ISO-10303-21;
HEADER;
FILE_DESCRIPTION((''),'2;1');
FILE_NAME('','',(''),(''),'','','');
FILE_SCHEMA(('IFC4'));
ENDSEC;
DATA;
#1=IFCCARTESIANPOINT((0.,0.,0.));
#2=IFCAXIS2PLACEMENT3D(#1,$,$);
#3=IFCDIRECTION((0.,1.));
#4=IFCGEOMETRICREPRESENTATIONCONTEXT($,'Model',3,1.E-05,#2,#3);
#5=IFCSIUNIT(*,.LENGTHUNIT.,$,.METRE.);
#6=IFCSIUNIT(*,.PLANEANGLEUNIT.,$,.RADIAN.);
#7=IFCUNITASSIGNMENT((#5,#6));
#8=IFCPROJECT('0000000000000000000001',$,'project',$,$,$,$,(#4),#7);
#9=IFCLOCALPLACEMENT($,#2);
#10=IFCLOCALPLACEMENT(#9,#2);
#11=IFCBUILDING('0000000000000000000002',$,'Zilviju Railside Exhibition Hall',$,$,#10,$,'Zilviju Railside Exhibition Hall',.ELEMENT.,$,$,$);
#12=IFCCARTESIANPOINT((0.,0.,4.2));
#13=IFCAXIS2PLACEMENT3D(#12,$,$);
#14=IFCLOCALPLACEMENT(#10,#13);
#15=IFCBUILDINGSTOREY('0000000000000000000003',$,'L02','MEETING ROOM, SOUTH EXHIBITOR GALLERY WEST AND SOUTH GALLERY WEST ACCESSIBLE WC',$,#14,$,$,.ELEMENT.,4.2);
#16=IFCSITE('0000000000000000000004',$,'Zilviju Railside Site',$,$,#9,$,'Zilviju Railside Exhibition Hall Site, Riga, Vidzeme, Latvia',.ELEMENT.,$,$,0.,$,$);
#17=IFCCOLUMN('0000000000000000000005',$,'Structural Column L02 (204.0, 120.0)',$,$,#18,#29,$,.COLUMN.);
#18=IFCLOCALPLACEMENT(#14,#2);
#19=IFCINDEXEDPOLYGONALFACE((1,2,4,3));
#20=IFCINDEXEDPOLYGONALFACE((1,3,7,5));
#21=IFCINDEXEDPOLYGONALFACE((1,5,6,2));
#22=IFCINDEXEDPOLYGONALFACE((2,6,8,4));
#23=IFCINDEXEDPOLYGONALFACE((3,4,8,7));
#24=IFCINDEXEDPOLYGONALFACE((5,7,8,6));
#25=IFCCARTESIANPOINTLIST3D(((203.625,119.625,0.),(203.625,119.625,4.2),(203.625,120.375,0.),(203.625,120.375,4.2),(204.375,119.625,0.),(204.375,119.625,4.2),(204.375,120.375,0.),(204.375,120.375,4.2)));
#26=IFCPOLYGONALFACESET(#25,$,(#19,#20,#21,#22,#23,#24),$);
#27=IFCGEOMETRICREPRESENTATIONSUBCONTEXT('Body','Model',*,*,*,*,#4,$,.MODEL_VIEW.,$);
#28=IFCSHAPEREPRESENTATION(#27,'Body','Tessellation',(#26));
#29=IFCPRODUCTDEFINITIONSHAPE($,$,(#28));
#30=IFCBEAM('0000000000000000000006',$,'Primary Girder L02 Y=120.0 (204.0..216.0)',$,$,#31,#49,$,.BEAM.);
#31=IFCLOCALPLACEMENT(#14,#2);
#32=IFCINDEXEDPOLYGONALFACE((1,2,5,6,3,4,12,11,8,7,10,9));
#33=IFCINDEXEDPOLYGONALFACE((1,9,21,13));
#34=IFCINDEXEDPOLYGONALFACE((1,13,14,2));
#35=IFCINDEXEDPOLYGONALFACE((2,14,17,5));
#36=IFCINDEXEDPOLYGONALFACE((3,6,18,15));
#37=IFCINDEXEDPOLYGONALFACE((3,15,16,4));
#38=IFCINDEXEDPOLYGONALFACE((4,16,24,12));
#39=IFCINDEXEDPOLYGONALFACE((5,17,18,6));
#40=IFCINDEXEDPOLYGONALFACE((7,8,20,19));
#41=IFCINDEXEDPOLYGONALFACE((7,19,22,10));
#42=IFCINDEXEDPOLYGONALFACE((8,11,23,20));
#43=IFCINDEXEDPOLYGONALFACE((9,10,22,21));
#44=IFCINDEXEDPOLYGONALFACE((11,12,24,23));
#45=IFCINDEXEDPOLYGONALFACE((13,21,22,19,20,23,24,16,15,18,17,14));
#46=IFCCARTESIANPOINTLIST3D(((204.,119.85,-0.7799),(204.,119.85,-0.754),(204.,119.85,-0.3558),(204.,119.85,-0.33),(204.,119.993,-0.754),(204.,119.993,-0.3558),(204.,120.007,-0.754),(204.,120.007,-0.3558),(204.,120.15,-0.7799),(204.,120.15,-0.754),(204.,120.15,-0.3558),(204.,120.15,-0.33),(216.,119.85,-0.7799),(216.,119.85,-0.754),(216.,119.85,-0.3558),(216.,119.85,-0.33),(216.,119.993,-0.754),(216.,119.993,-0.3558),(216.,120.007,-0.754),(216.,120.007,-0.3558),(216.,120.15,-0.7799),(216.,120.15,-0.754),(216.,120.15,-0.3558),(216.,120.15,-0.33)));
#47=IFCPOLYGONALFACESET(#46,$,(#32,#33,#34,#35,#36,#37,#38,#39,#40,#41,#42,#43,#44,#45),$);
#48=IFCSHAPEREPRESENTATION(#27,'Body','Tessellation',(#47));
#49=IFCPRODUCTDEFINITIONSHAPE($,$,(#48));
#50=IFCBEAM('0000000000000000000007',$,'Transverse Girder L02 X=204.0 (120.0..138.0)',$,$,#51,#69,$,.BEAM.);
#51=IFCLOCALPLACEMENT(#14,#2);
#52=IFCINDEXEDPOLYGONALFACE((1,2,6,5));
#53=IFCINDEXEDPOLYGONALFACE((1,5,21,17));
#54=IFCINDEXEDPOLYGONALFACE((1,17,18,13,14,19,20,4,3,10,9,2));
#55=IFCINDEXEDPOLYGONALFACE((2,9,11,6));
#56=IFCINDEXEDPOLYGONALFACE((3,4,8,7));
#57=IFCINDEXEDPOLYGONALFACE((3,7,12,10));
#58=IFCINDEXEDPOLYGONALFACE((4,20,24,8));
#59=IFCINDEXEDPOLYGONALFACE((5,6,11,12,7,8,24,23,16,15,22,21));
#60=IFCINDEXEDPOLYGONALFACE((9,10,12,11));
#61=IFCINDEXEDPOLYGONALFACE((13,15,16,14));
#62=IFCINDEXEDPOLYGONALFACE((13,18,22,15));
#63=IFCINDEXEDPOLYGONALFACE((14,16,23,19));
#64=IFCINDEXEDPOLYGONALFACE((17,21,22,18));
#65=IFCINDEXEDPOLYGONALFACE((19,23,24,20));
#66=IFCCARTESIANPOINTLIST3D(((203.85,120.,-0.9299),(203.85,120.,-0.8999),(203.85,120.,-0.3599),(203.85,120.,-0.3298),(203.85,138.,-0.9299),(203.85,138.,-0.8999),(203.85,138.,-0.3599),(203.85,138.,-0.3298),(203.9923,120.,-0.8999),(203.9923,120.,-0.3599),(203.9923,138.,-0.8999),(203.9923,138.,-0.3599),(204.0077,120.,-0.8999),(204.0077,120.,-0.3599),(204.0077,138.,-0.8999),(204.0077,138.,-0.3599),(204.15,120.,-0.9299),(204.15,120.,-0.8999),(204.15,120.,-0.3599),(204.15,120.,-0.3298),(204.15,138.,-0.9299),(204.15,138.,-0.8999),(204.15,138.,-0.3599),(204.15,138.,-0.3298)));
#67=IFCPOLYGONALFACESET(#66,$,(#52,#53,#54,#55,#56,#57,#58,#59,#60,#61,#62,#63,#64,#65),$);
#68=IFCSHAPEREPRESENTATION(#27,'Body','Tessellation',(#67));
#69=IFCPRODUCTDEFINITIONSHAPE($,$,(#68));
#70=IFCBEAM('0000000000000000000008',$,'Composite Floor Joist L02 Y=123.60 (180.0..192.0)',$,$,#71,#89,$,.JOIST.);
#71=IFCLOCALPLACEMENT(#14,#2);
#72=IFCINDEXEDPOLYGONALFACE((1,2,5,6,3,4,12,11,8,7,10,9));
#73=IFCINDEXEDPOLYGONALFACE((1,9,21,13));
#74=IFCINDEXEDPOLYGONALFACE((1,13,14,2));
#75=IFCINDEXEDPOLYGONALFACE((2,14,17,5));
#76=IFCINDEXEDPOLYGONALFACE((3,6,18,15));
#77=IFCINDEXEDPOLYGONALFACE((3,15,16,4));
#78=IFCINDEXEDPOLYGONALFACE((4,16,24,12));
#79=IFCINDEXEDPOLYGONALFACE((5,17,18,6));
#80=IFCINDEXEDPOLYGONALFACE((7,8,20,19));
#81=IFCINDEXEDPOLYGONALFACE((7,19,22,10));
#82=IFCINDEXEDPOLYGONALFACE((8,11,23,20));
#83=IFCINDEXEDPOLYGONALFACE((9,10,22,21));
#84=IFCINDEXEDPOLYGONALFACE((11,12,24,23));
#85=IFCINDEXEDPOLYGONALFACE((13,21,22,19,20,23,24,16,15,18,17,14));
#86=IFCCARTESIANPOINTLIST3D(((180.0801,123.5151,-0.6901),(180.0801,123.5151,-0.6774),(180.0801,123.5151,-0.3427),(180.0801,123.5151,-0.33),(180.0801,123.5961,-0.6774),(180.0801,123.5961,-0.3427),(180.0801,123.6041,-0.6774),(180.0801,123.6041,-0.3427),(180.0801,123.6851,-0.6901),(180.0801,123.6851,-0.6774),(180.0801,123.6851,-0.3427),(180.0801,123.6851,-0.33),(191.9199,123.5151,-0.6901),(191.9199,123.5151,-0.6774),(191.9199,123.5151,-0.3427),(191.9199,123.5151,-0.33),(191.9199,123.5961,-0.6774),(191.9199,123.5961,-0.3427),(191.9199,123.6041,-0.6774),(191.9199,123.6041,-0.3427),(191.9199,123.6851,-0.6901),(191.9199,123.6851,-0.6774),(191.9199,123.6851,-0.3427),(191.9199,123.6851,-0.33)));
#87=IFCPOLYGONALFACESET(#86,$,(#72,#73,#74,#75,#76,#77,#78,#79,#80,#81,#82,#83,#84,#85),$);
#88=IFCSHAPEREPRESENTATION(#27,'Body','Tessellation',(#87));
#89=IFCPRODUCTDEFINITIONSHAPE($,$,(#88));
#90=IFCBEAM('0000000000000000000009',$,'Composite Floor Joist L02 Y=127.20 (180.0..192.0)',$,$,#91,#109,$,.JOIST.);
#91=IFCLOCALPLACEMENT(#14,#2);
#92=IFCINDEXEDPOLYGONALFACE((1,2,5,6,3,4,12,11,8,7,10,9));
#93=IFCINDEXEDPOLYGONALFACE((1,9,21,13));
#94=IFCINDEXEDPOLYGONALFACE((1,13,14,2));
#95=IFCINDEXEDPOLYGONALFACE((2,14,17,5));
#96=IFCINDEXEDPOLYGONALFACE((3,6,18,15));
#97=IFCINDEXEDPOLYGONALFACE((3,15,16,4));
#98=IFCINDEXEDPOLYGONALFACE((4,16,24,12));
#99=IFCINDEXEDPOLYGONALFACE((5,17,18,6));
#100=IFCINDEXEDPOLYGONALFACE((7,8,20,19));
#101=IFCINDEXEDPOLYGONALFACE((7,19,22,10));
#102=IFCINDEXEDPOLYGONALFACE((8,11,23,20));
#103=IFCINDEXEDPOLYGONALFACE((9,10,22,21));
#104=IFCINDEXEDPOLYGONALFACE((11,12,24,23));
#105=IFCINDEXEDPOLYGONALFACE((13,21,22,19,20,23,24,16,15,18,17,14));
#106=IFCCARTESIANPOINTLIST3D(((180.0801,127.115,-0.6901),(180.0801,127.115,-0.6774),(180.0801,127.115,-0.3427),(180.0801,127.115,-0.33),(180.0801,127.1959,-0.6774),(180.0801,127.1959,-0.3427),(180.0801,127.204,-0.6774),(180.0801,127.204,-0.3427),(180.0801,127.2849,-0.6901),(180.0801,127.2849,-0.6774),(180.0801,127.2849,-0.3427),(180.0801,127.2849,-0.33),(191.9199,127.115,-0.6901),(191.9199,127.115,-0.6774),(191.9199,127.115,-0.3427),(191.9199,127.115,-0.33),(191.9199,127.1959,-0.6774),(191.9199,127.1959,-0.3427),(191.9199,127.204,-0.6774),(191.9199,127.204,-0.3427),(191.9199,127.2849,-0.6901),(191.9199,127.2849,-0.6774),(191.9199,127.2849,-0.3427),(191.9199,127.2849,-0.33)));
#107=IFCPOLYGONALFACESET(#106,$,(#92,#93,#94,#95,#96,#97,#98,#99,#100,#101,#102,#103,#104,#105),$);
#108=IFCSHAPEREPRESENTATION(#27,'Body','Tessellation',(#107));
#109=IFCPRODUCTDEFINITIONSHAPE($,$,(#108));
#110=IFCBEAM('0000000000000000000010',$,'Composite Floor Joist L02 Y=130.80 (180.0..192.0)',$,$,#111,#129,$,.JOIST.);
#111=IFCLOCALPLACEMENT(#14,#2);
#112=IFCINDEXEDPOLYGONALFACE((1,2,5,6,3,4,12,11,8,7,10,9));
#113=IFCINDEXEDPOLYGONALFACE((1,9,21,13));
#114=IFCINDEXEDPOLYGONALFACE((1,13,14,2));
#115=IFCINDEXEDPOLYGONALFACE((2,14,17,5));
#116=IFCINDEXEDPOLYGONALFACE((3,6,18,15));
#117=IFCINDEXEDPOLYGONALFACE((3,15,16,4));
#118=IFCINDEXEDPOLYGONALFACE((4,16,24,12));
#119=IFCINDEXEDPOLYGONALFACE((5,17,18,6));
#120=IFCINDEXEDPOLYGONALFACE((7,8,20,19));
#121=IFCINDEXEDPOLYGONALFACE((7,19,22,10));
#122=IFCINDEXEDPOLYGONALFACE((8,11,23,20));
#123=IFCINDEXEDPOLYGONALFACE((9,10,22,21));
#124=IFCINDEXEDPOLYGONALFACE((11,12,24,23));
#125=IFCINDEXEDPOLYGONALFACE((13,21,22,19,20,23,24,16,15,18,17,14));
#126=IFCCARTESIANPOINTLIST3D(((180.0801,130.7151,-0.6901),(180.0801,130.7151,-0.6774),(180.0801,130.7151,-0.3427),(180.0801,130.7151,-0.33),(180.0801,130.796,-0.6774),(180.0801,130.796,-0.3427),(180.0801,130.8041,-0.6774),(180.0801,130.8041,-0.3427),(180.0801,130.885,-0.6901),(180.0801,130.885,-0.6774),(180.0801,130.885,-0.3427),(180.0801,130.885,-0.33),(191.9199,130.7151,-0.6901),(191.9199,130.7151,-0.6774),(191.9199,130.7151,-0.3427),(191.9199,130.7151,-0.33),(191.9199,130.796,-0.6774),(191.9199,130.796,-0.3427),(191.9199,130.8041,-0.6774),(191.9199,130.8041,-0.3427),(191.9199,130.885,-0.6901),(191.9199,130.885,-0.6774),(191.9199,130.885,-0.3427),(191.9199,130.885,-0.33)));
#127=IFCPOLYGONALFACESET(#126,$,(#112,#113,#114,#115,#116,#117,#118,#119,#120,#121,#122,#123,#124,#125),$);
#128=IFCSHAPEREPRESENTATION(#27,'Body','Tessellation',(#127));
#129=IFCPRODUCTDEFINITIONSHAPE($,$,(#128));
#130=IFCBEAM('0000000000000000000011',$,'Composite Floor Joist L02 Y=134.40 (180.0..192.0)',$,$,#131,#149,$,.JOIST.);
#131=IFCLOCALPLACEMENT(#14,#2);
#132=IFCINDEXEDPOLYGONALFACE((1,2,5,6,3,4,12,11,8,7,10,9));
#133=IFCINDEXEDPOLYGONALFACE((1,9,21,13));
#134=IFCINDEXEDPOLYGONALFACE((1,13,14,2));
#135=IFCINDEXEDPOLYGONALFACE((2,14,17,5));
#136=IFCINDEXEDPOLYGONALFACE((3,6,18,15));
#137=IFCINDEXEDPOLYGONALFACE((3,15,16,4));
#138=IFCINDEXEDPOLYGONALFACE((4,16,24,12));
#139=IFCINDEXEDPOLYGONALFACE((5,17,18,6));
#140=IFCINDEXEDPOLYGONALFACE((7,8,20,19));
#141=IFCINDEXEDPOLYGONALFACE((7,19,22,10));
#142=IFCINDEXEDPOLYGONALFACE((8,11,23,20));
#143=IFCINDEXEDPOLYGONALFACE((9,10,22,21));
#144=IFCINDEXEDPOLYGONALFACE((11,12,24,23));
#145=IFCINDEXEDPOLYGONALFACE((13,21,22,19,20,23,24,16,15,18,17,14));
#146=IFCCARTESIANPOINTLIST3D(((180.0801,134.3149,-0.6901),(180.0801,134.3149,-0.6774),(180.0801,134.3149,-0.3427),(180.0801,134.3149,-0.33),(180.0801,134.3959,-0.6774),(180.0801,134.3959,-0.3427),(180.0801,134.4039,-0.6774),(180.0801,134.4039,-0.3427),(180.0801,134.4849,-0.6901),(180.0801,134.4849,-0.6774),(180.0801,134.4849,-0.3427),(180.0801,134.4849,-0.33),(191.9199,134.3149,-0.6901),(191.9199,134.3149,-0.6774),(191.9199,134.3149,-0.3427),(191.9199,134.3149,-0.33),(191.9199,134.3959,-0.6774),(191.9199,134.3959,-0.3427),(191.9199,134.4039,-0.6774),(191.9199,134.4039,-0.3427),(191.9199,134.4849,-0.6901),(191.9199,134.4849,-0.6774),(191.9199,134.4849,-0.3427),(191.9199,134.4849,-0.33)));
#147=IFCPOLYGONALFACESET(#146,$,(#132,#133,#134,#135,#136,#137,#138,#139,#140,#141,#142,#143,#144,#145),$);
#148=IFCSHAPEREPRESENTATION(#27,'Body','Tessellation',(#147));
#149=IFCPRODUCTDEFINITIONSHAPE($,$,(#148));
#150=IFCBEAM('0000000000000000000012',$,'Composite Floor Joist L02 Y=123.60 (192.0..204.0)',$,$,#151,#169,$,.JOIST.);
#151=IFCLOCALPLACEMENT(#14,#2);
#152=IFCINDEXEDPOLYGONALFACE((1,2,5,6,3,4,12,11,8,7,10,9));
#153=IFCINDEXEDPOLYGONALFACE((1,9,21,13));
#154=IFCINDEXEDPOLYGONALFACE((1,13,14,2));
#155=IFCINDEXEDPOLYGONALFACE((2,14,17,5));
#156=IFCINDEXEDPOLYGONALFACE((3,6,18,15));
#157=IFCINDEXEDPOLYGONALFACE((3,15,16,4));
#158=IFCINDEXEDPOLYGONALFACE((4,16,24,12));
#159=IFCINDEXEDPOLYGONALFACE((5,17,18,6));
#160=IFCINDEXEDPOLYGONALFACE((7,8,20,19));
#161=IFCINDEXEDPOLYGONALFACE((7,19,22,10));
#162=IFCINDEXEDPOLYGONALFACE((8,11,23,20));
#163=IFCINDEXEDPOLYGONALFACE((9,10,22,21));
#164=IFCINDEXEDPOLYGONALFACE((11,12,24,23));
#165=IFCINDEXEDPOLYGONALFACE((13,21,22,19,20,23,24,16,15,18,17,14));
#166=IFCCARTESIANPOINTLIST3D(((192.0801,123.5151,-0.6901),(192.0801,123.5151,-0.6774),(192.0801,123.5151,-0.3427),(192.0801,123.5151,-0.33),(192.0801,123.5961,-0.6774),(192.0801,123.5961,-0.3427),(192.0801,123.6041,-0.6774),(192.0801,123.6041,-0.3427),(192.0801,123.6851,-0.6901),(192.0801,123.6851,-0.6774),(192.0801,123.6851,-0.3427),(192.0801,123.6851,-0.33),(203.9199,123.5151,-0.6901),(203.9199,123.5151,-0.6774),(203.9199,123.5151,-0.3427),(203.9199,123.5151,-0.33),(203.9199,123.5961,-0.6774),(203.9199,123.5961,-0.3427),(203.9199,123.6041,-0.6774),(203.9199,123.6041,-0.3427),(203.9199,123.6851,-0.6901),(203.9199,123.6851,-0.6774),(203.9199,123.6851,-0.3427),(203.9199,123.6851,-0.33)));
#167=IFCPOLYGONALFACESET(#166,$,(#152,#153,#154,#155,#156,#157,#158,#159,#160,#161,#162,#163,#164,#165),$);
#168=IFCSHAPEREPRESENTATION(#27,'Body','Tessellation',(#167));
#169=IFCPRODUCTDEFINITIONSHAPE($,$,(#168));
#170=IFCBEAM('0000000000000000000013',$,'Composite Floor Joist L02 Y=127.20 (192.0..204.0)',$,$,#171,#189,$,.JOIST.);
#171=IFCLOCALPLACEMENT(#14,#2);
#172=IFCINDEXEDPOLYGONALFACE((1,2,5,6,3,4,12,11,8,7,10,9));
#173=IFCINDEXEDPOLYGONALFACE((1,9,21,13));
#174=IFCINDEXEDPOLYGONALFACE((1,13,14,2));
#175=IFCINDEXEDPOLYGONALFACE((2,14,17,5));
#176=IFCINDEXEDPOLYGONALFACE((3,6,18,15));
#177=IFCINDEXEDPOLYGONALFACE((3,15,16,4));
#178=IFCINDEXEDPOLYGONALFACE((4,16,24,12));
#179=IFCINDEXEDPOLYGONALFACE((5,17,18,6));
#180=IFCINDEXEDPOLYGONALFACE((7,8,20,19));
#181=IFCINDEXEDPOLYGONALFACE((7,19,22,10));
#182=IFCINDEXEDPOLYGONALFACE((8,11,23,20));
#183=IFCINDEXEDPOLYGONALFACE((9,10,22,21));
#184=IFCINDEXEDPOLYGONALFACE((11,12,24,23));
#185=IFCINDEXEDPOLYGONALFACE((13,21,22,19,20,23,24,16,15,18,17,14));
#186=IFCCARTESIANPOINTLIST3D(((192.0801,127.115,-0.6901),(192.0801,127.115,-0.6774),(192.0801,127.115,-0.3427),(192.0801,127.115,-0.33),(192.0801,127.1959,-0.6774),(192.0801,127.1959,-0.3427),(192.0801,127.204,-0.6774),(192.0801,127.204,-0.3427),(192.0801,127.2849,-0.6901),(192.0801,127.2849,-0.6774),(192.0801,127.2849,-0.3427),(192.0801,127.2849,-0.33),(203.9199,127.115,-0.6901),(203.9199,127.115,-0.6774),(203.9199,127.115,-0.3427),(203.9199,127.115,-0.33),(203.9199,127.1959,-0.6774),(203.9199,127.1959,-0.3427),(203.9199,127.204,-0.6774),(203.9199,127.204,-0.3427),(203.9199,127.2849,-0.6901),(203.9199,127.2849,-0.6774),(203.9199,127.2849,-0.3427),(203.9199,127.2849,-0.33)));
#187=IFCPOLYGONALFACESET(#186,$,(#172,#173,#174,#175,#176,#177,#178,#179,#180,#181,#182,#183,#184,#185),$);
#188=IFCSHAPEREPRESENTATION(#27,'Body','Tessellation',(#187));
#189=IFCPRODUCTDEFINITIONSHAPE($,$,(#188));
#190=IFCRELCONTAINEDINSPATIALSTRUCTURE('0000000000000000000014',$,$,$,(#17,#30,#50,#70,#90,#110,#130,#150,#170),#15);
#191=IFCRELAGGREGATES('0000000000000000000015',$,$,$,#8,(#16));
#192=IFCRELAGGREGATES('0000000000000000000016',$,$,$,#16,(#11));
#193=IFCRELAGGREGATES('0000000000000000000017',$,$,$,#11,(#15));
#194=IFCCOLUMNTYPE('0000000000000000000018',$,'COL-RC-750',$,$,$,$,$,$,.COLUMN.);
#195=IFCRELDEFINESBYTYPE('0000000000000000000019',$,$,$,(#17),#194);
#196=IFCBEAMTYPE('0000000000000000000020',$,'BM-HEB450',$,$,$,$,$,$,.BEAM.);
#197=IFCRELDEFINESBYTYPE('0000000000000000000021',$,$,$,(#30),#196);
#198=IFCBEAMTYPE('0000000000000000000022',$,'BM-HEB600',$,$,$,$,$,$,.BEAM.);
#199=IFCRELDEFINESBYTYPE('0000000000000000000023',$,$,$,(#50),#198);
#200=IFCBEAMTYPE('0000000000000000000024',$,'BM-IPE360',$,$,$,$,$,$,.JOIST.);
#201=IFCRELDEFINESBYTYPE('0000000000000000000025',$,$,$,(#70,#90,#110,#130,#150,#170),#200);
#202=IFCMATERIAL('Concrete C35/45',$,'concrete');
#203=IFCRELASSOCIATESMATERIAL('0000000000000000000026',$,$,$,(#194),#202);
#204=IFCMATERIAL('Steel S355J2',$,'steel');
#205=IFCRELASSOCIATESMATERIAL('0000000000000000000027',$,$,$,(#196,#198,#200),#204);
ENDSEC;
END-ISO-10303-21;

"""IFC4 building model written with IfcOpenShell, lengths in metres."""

from ifc_helpers import new_model, si_unit, direction, frame, origin, origin_2d, place, context, subcontext, project, spatial, rectangle, i_section, extrude, material, material_profile, profile_set, type_object, element, save


model = new_model("IFC4")

# Units and contexts
model_context = context("Model", 3, precision=1e-05, world=origin(), true_north=direction((0.0, 1.0)))
body_context = subcontext(model_context, "Body", "Model", "MODEL_VIEW")
ifc_project = project(units=[si_unit("LENGTHUNIT", "METRE"), si_unit("PLANEANGLEUNIT", "RADIAN")], contexts=[model_context])

# Site, building, storey
site_placement = place(None, origin())
site = spatial("IfcSite", under=ifc_project, at=site_placement, Name="Zilviju Railside Site", LongName="Zilviju Railside Exhibition Hall Site, Riga, Vidzeme, Latvia", CompositionType="ELEMENT", RefElevation=0.0)
building_placement = place(site_placement, origin())
building = spatial("IfcBuilding", under=site, at=building_placement, Name="Zilviju Railside Exhibition Hall", LongName="Zilviju Railside Exhibition Hall", CompositionType="ELEMENT")
storey_placement = place(building_placement, frame((0.0, 0.0, 4.2)))
storey = spatial("IfcBuildingStorey", under=building, at=storey_placement, Name="L02", Description="MEETING ROOM, SOUTH EXHIBITOR GALLERY WEST AND SOUTH GALLERY WEST ACCESSIBLE WC", CompositionType="ELEMENT", Elevation=4.2)

# Column
ifc_material_1 = material(Name="Concrete C35/45", Category="concrete")
ifc_material_profile_1 = material_profile(ifc_material_1, rectangle(XDim=0.75, YDim=0.75, at=origin_2d()), Name="RC COL 750x750")
ifc_profile_set_1 = profile_set([ifc_material_profile_1], Name="Concrete C35/45")
column_type = type_object("IfcColumnType", Name="COL-RC-750", PredefinedType="COLUMN", material=ifc_profile_set_1)
column_placement = place(storey_placement, frame((204.0, 120.0, 0.0), z_axis=(0.0, 0.0, 1.0), x_axis=(1.0, 0.0, 0.0)))
element("IfcColumn", 1, at=column_placement, inside=storey, type_object=column_type, Name="Structural Column L02 (204.0, 120.0)", PredefinedType="COLUMN", context=body_context, shape_type="SweptSolid", body=[
    extrude(rectangle(XDim=0.75, YDim=0.75, at=origin_2d()), origin(), (0.0, 0.0, 1.0), 4.2),
])

# Beams
ifc_material_2 = material(Name="Steel S355J2", Category="steel")
ifc_material_profile_2 = material_profile(ifc_material_2, i_section(OverallWidth=0.3, OverallDepth=0.45, WebThickness=0.0139, FlangeThickness=0.0259, at=origin_2d()), Name="HEB 450")
ifc_profile_set_2 = profile_set([ifc_material_profile_2], Name="Steel S355J2")
beam_type_1 = type_object("IfcBeamType", Name="BM-HEB450", PredefinedType="BEAM", material=ifc_profile_set_2)
beam_1_placement = place(storey_placement, frame((204.0, 120.0, -0.5549), z_axis=(1.0, 0.0, 0.0), x_axis=(0.0, 1.0, 0.0)))
element("IfcBeam", 2, at=beam_1_placement, inside=storey, type_object=beam_type_1, Name="Primary Girder L02 Y=120.0 (204.0..216.0)", PredefinedType="BEAM", context=body_context, shape_type="SweptSolid", body=[
    extrude(i_section(OverallWidth=0.3, OverallDepth=0.45, WebThickness=0.0139, FlangeThickness=0.0259, at=origin_2d()), origin(), (0.0, 0.0, 1.0), 12.0),
])
ifc_material_profile_3 = material_profile(ifc_material_2, i_section(OverallWidth=0.3, OverallDepth=0.6001, WebThickness=0.0154, FlangeThickness=0.03, at=origin_2d()), Name="HEB 600")
ifc_profile_set_3 = profile_set([ifc_material_profile_3], Name="Steel S355J2")
beam_type_2 = type_object("IfcBeamType", Name="BM-HEB600", PredefinedType="BEAM", material=ifc_profile_set_3)
beam_2_placement = place(storey_placement, frame((204.0, 120.0, -0.6299), z_axis=(0.0, 1.0, 0.0), x_axis=(-1.0, 0.0, 0.0)))
element("IfcBeam", 3, at=beam_2_placement, inside=storey, type_object=beam_type_2, Name="Transverse Girder L02 X=204.0 (120.0..138.0)", PredefinedType="BEAM", context=body_context, shape_type="SweptSolid", body=[
    extrude(i_section(OverallWidth=0.3, OverallDepth=0.6001, WebThickness=0.0154, FlangeThickness=0.03, at=origin_2d()), origin(), (0.0, 0.0, 1.0), 18.0),
])
ifc_material_profile_4 = material_profile(ifc_material_2, i_section(OverallWidth=0.1699, OverallDepth=0.3601, WebThickness=0.0081, FlangeThickness=0.0127, at=origin_2d()), Name="IPE 360")
ifc_profile_set_4 = profile_set([ifc_material_profile_4], Name="Steel S355J2")
beam_type_3 = type_object("IfcBeamType", Name="BM-IPE360", PredefinedType="JOIST", material=ifc_profile_set_4)
for number, where, z_axis, x_axis, name in (
    (4, (180.0801, 123.6001, -0.51), (1.0, 0.0, 0.0), (0.0, 1.0, 0.0), "Composite Floor Joist L02 Y=123.60 (180.0..192.0)"),
    (5, (180.0801, 127.2, -0.51), (1.0, 0.0, 0.0), (0.0, 1.0, 0.0), "Composite Floor Joist L02 Y=127.20 (180.0..192.0)"),
    (6, (180.0801, 130.8, -0.51), (1.0, 0.0, 0.0), (0.0, 1.0, 0.0), "Composite Floor Joist L02 Y=130.80 (180.0..192.0)"),
    (7, (180.0801, 134.3999, -0.51), (1.0, 0.0, 0.0), (0.0, 1.0, 0.0), "Composite Floor Joist L02 Y=134.40 (180.0..192.0)"),
    (8, (192.0801, 123.6001, -0.51), (1.0, 0.0, 0.0), (0.0, 1.0, 0.0), "Composite Floor Joist L02 Y=123.60 (192.0..204.0)"),
    (9, (192.0801, 127.2, -0.51), (1.0, 0.0, 0.0), (0.0, 1.0, 0.0), "Composite Floor Joist L02 Y=127.20 (192.0..204.0)"),
):
    element("IfcBeam", number, at=place(storey_placement, frame(where, z_axis=z_axis, x_axis=x_axis)), inside=storey, type_object=beam_type_3, Name=name, PredefinedType="JOIST", context=body_context, shape_type="SweptSolid", body=[
        extrude(i_section(OverallWidth=0.1699, OverallDepth=0.3601, WebThickness=0.0081, FlangeThickness=0.0127, at=origin_2d()), origin(), (0.0, 0.0, 1.0), 11.8398),
    ])

save(model, "model.ifc")
